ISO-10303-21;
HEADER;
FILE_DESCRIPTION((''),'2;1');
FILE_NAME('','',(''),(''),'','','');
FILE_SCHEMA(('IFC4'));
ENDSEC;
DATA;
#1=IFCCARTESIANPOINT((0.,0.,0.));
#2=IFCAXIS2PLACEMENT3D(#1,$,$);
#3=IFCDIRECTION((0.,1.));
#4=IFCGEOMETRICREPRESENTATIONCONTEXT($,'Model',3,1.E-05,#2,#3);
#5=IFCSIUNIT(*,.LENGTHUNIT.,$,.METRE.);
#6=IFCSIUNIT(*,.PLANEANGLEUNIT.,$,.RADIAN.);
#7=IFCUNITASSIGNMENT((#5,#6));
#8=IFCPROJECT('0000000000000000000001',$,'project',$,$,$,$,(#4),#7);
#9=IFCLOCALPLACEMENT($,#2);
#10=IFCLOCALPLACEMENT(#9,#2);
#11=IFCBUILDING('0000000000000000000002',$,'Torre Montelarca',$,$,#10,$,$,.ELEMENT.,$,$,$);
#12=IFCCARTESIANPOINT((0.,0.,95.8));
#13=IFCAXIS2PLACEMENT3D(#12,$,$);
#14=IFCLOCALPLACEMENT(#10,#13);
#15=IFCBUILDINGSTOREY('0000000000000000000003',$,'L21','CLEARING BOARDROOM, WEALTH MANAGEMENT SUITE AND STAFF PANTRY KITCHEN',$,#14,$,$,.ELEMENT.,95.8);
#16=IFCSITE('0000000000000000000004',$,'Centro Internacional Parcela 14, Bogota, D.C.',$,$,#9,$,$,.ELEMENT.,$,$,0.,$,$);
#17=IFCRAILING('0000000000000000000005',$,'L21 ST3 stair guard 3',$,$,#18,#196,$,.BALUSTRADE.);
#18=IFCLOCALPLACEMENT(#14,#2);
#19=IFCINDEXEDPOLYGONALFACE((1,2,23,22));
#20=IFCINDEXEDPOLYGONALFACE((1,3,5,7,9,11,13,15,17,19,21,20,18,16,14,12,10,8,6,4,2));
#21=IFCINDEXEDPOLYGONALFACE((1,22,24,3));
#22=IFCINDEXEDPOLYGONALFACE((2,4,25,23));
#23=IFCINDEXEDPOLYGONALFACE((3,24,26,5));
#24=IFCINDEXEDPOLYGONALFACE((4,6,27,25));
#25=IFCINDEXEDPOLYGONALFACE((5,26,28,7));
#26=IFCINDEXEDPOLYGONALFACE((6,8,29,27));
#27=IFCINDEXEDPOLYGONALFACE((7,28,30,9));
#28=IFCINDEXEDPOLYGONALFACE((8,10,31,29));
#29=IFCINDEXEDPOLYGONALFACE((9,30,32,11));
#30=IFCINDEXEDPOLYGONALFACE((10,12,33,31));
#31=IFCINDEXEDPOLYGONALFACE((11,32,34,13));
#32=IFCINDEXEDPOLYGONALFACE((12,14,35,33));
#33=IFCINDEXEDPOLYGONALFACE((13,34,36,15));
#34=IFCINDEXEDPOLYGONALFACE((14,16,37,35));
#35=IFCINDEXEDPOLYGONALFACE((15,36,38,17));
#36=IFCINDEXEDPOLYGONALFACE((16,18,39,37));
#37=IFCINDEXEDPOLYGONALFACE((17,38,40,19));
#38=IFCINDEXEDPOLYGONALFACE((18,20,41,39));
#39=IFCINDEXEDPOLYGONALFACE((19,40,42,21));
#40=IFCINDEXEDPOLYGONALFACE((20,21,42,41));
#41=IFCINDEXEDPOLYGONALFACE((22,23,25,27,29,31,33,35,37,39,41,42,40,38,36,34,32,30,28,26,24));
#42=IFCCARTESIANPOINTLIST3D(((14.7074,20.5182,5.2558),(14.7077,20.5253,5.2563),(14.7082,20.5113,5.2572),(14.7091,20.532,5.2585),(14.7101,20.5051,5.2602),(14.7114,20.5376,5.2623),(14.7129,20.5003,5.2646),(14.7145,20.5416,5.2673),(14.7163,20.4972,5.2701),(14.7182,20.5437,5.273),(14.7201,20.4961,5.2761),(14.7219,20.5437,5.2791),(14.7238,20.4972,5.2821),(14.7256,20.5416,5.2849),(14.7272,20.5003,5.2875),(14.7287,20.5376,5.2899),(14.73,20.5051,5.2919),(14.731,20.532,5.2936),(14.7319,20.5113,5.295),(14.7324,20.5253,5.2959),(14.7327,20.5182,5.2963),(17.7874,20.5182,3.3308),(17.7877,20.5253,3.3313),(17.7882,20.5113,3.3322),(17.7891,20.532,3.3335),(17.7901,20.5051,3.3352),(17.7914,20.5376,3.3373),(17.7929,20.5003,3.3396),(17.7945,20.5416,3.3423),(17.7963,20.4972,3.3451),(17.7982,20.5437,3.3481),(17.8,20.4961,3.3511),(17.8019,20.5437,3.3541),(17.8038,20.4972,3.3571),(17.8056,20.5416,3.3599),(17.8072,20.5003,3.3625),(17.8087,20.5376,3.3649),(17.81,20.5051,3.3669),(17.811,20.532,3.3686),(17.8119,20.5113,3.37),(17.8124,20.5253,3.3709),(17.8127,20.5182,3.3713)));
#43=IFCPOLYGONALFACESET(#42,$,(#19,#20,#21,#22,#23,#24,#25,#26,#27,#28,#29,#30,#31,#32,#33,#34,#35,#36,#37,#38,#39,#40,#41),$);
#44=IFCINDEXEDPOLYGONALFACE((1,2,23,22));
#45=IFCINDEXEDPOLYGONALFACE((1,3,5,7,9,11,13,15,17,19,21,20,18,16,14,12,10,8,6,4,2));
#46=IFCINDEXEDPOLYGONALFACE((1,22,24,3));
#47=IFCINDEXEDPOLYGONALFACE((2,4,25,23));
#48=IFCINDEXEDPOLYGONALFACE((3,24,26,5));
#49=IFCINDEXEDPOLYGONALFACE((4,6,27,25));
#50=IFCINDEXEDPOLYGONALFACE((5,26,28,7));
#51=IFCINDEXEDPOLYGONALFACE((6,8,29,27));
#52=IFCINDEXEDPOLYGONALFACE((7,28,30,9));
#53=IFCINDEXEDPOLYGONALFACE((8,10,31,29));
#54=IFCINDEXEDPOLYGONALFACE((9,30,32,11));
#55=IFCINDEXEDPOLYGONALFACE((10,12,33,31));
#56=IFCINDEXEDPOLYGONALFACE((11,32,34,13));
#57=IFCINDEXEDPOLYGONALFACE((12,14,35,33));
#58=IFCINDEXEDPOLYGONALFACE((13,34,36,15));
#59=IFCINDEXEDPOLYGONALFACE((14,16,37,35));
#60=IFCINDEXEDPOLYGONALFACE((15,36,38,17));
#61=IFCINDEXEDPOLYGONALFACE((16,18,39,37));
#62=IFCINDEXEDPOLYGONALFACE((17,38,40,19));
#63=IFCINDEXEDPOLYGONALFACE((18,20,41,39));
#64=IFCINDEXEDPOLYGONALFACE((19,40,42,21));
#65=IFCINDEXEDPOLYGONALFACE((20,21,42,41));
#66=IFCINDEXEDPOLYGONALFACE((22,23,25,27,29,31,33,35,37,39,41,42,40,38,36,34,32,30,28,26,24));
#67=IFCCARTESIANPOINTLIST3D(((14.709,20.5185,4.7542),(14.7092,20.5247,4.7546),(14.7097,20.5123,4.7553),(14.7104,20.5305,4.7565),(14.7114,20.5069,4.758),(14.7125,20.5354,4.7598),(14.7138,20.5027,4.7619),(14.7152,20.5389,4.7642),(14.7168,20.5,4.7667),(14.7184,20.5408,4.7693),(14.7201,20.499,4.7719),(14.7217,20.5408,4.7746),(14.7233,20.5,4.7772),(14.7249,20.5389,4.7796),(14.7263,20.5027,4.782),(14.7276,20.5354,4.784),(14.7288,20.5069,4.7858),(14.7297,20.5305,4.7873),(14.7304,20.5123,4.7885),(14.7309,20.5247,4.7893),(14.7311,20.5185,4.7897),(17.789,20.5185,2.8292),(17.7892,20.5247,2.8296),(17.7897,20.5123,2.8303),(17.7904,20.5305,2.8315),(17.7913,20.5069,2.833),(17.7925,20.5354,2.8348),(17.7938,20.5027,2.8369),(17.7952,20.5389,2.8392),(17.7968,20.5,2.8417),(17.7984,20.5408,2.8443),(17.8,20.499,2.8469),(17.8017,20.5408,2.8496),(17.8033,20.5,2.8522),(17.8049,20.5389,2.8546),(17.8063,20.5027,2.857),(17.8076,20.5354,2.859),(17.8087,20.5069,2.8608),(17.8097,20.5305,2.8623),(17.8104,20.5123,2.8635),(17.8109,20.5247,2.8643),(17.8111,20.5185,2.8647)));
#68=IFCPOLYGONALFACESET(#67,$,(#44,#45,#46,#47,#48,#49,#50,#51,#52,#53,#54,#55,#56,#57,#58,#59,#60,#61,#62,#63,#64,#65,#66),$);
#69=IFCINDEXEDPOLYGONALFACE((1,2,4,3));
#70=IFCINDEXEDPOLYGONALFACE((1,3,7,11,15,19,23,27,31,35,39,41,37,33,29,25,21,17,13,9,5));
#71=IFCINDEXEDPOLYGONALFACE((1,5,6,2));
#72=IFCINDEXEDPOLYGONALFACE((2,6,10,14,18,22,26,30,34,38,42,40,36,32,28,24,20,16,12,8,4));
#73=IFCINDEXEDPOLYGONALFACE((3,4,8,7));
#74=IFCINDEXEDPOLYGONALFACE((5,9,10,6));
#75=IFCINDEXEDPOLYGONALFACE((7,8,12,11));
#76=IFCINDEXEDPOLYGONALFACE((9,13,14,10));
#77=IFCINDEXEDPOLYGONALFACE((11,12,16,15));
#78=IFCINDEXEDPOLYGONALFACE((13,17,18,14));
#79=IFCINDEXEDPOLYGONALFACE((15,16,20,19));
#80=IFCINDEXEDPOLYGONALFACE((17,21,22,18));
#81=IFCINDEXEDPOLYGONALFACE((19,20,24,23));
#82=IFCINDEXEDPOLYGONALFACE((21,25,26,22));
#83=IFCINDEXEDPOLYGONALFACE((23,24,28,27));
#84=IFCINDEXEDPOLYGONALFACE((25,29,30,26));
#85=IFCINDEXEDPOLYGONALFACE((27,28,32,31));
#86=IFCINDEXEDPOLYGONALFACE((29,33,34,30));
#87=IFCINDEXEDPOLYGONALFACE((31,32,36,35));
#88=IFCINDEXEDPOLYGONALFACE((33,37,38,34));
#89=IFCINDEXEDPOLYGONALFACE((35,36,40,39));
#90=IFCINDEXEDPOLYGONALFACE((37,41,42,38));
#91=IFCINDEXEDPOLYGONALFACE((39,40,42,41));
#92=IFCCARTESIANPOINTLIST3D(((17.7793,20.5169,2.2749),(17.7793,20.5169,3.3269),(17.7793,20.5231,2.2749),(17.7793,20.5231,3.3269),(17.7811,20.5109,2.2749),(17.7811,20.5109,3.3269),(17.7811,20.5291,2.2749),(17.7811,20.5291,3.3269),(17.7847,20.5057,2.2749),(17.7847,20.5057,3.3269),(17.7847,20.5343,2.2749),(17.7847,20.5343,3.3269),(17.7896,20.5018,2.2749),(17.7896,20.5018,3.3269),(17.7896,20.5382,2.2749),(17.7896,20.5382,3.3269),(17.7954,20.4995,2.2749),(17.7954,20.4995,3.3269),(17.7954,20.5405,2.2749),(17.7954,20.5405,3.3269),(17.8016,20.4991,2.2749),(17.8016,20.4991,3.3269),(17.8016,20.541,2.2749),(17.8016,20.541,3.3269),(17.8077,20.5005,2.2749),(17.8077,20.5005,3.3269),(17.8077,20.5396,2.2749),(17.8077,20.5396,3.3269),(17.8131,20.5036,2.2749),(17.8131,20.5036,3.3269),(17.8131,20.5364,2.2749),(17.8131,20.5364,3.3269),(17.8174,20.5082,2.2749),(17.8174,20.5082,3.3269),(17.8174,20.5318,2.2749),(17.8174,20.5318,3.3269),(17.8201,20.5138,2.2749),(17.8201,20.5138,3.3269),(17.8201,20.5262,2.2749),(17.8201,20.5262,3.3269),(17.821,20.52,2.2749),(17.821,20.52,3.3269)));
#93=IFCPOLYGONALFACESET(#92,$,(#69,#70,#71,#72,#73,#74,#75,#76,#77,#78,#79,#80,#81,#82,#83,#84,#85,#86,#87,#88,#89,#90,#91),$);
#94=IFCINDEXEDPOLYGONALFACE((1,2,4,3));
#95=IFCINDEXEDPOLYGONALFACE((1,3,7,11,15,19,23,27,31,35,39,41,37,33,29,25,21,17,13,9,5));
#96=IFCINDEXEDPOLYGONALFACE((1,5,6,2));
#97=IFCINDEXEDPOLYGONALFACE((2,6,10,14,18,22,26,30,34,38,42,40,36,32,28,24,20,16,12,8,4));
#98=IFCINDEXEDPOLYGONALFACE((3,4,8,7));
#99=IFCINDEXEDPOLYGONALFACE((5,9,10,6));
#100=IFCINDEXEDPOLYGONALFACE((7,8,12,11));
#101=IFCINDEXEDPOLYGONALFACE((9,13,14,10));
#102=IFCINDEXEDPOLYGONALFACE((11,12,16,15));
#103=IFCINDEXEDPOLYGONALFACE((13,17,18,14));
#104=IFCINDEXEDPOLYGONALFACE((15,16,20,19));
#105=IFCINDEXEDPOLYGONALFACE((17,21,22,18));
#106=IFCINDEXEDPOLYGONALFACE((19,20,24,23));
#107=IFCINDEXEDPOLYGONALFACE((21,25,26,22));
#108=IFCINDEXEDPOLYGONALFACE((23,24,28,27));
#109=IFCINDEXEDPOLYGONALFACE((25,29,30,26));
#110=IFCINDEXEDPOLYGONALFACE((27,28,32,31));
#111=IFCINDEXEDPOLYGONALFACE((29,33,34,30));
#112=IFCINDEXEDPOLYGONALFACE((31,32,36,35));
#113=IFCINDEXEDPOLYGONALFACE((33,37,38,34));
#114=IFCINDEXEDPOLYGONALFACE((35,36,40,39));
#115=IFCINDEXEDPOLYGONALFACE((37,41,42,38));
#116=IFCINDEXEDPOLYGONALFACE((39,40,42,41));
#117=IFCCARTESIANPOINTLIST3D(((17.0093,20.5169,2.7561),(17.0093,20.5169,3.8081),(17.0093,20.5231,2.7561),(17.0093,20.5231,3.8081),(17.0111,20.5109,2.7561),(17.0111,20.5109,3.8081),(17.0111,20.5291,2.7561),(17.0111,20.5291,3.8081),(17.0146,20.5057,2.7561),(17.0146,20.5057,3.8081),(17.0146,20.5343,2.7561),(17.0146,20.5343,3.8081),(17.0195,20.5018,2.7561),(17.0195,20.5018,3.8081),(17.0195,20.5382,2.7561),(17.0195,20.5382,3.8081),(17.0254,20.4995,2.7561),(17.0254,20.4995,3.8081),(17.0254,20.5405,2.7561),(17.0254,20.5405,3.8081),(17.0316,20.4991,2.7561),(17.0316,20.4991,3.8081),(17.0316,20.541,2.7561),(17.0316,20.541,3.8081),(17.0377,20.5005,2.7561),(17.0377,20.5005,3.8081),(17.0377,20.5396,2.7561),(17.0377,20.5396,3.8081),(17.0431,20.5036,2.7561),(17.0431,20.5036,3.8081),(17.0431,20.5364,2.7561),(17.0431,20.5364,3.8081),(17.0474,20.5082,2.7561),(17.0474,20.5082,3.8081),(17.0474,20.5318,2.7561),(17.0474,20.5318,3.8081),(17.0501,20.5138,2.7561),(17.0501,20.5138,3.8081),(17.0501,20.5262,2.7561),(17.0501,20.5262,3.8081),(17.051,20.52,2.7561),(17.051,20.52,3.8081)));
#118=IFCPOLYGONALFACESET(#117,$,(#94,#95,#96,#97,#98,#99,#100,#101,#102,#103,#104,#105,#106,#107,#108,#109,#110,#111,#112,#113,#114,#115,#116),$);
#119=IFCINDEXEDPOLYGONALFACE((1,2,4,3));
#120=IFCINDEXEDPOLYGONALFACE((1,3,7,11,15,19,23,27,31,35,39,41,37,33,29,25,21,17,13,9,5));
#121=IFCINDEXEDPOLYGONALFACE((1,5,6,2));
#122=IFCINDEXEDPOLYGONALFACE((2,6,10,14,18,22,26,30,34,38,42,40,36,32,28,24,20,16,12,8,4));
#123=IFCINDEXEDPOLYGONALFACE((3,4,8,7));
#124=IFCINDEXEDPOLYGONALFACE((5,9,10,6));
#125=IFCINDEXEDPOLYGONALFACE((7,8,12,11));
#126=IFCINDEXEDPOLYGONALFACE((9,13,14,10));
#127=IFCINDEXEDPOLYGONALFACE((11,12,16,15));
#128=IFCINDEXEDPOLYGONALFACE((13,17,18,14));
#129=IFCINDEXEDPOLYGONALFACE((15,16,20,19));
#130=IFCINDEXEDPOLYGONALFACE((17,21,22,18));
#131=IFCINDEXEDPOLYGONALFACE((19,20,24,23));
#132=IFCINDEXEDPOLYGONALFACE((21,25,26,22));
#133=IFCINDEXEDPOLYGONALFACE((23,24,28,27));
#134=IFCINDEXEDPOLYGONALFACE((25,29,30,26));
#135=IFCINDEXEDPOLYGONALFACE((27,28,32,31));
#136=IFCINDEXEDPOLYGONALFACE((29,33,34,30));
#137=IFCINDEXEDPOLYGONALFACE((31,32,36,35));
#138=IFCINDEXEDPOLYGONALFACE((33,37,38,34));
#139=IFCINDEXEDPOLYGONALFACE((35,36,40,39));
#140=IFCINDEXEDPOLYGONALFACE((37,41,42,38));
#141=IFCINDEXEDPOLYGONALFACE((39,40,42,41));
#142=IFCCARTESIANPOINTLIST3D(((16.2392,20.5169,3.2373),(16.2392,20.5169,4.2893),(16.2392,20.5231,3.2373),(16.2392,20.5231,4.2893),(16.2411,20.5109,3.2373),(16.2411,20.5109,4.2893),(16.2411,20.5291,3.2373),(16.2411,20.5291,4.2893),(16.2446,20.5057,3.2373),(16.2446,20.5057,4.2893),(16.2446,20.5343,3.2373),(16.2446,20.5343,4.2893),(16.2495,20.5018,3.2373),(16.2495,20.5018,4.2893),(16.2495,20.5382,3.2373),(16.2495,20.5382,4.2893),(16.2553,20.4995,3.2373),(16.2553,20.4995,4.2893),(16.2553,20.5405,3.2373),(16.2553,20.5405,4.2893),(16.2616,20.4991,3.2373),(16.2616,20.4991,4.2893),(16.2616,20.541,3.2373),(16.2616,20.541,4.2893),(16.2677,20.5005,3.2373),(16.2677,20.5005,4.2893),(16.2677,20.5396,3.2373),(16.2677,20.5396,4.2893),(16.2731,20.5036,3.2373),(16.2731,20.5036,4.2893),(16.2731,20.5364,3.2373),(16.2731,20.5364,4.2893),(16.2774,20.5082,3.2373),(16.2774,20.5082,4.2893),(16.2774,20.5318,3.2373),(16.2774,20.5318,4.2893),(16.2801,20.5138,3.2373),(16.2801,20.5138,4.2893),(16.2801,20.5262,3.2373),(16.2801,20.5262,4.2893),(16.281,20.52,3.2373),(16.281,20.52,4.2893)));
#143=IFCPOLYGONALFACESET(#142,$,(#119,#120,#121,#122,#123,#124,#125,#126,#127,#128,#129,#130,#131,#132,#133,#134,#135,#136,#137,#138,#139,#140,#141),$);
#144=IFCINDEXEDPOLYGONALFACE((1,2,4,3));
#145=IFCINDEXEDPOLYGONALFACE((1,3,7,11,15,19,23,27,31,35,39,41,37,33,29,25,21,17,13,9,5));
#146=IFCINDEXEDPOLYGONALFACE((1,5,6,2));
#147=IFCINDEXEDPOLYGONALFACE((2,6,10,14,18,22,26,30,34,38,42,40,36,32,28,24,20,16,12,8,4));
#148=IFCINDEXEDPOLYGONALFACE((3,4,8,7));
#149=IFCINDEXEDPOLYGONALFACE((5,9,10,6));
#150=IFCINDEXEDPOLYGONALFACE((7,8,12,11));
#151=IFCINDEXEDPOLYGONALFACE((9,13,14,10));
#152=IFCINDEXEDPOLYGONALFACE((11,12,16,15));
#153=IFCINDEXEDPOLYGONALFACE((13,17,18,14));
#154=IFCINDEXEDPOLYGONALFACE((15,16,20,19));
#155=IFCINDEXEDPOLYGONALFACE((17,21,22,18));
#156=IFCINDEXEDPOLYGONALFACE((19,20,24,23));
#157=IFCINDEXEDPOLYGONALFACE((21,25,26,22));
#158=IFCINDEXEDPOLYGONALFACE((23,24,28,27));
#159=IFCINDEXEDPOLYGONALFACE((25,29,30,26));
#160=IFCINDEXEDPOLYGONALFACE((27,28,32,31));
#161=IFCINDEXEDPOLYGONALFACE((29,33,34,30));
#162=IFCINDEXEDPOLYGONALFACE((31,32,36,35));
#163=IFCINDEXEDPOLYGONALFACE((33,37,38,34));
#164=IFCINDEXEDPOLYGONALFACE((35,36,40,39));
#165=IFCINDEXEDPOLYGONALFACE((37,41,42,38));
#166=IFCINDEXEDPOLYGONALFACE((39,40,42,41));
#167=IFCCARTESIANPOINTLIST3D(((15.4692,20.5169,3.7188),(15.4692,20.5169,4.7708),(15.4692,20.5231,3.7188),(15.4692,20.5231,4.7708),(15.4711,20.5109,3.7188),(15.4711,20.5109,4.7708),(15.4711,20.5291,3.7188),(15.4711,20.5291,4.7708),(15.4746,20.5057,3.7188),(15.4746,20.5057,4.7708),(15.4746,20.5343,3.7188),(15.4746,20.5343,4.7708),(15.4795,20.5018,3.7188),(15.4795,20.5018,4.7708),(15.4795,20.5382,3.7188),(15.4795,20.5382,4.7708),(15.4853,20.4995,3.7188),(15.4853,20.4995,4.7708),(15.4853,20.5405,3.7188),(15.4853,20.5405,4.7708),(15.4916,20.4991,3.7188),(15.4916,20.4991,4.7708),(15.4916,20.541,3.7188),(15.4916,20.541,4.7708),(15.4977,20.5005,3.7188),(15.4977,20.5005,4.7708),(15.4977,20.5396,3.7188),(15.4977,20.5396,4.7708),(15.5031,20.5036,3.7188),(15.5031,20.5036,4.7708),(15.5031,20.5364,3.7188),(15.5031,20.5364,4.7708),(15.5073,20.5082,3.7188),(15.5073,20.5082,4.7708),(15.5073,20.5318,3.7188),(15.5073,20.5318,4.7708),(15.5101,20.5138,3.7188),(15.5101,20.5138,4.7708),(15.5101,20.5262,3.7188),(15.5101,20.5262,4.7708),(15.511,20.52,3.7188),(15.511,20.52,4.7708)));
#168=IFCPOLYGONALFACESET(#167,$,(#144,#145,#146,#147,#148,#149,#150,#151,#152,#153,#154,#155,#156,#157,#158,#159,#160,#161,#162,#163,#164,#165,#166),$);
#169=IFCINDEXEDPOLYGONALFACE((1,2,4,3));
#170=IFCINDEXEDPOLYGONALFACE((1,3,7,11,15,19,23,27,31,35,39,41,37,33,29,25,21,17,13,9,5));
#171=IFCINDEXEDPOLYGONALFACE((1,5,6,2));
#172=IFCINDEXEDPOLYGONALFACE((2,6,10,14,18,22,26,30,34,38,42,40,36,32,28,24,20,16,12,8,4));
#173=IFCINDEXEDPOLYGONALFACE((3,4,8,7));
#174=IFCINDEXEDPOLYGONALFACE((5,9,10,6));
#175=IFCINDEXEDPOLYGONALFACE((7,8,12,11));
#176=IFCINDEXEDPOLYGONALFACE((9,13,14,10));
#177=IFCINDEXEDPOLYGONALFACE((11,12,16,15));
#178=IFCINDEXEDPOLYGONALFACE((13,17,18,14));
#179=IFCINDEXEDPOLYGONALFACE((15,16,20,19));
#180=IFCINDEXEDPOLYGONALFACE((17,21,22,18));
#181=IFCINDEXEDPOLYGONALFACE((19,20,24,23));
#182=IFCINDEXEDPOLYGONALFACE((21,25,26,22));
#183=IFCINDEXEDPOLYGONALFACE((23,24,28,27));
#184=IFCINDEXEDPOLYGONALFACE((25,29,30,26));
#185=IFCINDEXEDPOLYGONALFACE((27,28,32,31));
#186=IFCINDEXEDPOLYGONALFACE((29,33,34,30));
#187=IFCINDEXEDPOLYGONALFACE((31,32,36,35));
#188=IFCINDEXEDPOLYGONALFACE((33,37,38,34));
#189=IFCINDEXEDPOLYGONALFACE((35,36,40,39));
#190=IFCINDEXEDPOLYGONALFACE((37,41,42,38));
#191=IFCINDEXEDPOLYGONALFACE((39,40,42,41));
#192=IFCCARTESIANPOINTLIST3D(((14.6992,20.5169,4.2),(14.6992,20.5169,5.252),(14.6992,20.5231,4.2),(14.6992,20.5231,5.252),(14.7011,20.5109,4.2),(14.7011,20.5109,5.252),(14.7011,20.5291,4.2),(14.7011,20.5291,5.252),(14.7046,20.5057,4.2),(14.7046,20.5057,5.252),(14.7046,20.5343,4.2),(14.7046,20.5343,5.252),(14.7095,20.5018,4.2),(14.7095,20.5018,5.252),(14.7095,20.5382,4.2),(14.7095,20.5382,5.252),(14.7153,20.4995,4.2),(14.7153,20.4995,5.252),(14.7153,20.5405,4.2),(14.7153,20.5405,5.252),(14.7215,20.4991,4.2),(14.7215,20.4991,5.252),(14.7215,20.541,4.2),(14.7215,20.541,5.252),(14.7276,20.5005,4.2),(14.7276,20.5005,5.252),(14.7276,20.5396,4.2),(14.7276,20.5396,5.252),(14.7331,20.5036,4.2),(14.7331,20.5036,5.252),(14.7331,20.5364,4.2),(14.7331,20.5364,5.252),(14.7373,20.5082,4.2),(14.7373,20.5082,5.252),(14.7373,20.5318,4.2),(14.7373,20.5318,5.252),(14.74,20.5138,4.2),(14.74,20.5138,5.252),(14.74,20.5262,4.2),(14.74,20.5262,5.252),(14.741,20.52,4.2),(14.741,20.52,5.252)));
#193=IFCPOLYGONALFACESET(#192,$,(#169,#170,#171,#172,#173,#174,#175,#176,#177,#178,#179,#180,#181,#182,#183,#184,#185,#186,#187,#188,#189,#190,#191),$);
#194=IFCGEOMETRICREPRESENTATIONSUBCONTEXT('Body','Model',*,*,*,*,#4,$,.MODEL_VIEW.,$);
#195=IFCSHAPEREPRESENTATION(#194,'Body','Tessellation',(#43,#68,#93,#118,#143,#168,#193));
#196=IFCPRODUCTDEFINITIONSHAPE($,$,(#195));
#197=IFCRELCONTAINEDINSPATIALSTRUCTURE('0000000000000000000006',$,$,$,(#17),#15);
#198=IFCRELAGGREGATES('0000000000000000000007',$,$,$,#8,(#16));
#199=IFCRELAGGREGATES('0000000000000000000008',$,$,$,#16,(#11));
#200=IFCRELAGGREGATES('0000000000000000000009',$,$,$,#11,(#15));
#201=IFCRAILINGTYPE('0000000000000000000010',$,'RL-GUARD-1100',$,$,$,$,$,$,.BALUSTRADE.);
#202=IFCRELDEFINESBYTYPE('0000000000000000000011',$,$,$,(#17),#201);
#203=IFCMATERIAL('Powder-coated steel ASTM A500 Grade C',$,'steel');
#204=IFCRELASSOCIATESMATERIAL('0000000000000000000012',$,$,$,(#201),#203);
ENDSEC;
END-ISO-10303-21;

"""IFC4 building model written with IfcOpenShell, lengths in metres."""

from ifc_helpers import new_model, si_unit, direction, frame, origin, origin_2d, place, context, subcontext, project, spatial, circle, extrude, material, type_object, element, save


model = new_model("IFC4")

# Units and contexts
model_context = context("Model", 3, precision=1e-05, world=origin(), true_north=direction((0.0, 1.0)))
body_context = subcontext(model_context, "Body", "Model", "MODEL_VIEW")
ifc_project = project(units=[si_unit("LENGTHUNIT", "METRE"), si_unit("PLANEANGLEUNIT", "RADIAN")], contexts=[model_context])

# Site, building, storey
site_placement = place(None, origin())
site = spatial("IfcSite", under=ifc_project, at=site_placement, Name="Centro Internacional Parcela 14, Bogota, D.C.", CompositionType="ELEMENT", RefElevation=0.0)
building_placement = place(site_placement, origin())
building = spatial("IfcBuilding", under=site, at=building_placement, Name="Torre Montelarca", CompositionType="ELEMENT")
storey_placement = place(building_placement, frame((0.0, 0.0, 95.8)))
storey = spatial("IfcBuildingStorey", under=building, at=storey_placement, Name="L21", Description="CLEARING BOARDROOM, WEALTH MANAGEMENT SUITE AND STAFF PANTRY KITCHEN", CompositionType="ELEMENT", Elevation=95.8)

# Railing
ifc_material_1 = material(Name="Powder-coated steel ASTM A500 Grade C", Category="steel")
railing_type_1 = type_object("IfcRailingType", Name="RL-GUARD-1100", PredefinedType="BALUSTRADE", material=ifc_material_1)
railing_1_placement = place(storey_placement, frame((17.8, 20.52, 2.2749)))
element("IfcRailing", 1, at=railing_1_placement, inside=storey, type_object=railing_type_1, Name="L21 ST3 stair guard 3", PredefinedType="BALUSTRADE", context=body_context, shape_type="SweptSolid", body=[
    extrude(circle(Radius=0.0239, at=origin_2d()), frame((0.0, 0.0, 1.0762), z_axis=(-0.847998, 0.0, 0.529999), x_axis=(0.0, -1.0, 0.0)), (0.0, 0.0, 1.0), 3.6321),
    extrude(circle(Radius=0.021, at=origin_2d()), frame((0.0, 0.0, 0.572), z_axis=(-0.847998, 0.0, 0.529999), x_axis=(0.0, -1.0, 0.0)), (0.0, 0.0, 1.0), 3.6321),
    extrude(circle(Radius=0.021, at=origin_2d()), origin(), (0.0, 0.0, 1.0), 1.052),
    extrude(circle(Radius=0.021, at=origin_2d()), frame((-0.77, 0.0, 0.4812)), (0.0, 0.0, 1.0), 1.052),
    extrude(circle(Radius=0.021, at=origin_2d()), frame((-1.54, 0.0, 0.9624)), (0.0, 0.0, 1.0), 1.052),
    extrude(circle(Radius=0.021, at=origin_2d()), frame((-2.3101, 0.0, 1.4438)), (0.0, 0.0, 1.0), 1.052),
    extrude(circle(Radius=0.021, at=origin_2d()), frame((-3.0801, 0.0, 1.925)), (0.0, 0.0, 1.0), 1.052),
])

save(model, "model.ifc")
